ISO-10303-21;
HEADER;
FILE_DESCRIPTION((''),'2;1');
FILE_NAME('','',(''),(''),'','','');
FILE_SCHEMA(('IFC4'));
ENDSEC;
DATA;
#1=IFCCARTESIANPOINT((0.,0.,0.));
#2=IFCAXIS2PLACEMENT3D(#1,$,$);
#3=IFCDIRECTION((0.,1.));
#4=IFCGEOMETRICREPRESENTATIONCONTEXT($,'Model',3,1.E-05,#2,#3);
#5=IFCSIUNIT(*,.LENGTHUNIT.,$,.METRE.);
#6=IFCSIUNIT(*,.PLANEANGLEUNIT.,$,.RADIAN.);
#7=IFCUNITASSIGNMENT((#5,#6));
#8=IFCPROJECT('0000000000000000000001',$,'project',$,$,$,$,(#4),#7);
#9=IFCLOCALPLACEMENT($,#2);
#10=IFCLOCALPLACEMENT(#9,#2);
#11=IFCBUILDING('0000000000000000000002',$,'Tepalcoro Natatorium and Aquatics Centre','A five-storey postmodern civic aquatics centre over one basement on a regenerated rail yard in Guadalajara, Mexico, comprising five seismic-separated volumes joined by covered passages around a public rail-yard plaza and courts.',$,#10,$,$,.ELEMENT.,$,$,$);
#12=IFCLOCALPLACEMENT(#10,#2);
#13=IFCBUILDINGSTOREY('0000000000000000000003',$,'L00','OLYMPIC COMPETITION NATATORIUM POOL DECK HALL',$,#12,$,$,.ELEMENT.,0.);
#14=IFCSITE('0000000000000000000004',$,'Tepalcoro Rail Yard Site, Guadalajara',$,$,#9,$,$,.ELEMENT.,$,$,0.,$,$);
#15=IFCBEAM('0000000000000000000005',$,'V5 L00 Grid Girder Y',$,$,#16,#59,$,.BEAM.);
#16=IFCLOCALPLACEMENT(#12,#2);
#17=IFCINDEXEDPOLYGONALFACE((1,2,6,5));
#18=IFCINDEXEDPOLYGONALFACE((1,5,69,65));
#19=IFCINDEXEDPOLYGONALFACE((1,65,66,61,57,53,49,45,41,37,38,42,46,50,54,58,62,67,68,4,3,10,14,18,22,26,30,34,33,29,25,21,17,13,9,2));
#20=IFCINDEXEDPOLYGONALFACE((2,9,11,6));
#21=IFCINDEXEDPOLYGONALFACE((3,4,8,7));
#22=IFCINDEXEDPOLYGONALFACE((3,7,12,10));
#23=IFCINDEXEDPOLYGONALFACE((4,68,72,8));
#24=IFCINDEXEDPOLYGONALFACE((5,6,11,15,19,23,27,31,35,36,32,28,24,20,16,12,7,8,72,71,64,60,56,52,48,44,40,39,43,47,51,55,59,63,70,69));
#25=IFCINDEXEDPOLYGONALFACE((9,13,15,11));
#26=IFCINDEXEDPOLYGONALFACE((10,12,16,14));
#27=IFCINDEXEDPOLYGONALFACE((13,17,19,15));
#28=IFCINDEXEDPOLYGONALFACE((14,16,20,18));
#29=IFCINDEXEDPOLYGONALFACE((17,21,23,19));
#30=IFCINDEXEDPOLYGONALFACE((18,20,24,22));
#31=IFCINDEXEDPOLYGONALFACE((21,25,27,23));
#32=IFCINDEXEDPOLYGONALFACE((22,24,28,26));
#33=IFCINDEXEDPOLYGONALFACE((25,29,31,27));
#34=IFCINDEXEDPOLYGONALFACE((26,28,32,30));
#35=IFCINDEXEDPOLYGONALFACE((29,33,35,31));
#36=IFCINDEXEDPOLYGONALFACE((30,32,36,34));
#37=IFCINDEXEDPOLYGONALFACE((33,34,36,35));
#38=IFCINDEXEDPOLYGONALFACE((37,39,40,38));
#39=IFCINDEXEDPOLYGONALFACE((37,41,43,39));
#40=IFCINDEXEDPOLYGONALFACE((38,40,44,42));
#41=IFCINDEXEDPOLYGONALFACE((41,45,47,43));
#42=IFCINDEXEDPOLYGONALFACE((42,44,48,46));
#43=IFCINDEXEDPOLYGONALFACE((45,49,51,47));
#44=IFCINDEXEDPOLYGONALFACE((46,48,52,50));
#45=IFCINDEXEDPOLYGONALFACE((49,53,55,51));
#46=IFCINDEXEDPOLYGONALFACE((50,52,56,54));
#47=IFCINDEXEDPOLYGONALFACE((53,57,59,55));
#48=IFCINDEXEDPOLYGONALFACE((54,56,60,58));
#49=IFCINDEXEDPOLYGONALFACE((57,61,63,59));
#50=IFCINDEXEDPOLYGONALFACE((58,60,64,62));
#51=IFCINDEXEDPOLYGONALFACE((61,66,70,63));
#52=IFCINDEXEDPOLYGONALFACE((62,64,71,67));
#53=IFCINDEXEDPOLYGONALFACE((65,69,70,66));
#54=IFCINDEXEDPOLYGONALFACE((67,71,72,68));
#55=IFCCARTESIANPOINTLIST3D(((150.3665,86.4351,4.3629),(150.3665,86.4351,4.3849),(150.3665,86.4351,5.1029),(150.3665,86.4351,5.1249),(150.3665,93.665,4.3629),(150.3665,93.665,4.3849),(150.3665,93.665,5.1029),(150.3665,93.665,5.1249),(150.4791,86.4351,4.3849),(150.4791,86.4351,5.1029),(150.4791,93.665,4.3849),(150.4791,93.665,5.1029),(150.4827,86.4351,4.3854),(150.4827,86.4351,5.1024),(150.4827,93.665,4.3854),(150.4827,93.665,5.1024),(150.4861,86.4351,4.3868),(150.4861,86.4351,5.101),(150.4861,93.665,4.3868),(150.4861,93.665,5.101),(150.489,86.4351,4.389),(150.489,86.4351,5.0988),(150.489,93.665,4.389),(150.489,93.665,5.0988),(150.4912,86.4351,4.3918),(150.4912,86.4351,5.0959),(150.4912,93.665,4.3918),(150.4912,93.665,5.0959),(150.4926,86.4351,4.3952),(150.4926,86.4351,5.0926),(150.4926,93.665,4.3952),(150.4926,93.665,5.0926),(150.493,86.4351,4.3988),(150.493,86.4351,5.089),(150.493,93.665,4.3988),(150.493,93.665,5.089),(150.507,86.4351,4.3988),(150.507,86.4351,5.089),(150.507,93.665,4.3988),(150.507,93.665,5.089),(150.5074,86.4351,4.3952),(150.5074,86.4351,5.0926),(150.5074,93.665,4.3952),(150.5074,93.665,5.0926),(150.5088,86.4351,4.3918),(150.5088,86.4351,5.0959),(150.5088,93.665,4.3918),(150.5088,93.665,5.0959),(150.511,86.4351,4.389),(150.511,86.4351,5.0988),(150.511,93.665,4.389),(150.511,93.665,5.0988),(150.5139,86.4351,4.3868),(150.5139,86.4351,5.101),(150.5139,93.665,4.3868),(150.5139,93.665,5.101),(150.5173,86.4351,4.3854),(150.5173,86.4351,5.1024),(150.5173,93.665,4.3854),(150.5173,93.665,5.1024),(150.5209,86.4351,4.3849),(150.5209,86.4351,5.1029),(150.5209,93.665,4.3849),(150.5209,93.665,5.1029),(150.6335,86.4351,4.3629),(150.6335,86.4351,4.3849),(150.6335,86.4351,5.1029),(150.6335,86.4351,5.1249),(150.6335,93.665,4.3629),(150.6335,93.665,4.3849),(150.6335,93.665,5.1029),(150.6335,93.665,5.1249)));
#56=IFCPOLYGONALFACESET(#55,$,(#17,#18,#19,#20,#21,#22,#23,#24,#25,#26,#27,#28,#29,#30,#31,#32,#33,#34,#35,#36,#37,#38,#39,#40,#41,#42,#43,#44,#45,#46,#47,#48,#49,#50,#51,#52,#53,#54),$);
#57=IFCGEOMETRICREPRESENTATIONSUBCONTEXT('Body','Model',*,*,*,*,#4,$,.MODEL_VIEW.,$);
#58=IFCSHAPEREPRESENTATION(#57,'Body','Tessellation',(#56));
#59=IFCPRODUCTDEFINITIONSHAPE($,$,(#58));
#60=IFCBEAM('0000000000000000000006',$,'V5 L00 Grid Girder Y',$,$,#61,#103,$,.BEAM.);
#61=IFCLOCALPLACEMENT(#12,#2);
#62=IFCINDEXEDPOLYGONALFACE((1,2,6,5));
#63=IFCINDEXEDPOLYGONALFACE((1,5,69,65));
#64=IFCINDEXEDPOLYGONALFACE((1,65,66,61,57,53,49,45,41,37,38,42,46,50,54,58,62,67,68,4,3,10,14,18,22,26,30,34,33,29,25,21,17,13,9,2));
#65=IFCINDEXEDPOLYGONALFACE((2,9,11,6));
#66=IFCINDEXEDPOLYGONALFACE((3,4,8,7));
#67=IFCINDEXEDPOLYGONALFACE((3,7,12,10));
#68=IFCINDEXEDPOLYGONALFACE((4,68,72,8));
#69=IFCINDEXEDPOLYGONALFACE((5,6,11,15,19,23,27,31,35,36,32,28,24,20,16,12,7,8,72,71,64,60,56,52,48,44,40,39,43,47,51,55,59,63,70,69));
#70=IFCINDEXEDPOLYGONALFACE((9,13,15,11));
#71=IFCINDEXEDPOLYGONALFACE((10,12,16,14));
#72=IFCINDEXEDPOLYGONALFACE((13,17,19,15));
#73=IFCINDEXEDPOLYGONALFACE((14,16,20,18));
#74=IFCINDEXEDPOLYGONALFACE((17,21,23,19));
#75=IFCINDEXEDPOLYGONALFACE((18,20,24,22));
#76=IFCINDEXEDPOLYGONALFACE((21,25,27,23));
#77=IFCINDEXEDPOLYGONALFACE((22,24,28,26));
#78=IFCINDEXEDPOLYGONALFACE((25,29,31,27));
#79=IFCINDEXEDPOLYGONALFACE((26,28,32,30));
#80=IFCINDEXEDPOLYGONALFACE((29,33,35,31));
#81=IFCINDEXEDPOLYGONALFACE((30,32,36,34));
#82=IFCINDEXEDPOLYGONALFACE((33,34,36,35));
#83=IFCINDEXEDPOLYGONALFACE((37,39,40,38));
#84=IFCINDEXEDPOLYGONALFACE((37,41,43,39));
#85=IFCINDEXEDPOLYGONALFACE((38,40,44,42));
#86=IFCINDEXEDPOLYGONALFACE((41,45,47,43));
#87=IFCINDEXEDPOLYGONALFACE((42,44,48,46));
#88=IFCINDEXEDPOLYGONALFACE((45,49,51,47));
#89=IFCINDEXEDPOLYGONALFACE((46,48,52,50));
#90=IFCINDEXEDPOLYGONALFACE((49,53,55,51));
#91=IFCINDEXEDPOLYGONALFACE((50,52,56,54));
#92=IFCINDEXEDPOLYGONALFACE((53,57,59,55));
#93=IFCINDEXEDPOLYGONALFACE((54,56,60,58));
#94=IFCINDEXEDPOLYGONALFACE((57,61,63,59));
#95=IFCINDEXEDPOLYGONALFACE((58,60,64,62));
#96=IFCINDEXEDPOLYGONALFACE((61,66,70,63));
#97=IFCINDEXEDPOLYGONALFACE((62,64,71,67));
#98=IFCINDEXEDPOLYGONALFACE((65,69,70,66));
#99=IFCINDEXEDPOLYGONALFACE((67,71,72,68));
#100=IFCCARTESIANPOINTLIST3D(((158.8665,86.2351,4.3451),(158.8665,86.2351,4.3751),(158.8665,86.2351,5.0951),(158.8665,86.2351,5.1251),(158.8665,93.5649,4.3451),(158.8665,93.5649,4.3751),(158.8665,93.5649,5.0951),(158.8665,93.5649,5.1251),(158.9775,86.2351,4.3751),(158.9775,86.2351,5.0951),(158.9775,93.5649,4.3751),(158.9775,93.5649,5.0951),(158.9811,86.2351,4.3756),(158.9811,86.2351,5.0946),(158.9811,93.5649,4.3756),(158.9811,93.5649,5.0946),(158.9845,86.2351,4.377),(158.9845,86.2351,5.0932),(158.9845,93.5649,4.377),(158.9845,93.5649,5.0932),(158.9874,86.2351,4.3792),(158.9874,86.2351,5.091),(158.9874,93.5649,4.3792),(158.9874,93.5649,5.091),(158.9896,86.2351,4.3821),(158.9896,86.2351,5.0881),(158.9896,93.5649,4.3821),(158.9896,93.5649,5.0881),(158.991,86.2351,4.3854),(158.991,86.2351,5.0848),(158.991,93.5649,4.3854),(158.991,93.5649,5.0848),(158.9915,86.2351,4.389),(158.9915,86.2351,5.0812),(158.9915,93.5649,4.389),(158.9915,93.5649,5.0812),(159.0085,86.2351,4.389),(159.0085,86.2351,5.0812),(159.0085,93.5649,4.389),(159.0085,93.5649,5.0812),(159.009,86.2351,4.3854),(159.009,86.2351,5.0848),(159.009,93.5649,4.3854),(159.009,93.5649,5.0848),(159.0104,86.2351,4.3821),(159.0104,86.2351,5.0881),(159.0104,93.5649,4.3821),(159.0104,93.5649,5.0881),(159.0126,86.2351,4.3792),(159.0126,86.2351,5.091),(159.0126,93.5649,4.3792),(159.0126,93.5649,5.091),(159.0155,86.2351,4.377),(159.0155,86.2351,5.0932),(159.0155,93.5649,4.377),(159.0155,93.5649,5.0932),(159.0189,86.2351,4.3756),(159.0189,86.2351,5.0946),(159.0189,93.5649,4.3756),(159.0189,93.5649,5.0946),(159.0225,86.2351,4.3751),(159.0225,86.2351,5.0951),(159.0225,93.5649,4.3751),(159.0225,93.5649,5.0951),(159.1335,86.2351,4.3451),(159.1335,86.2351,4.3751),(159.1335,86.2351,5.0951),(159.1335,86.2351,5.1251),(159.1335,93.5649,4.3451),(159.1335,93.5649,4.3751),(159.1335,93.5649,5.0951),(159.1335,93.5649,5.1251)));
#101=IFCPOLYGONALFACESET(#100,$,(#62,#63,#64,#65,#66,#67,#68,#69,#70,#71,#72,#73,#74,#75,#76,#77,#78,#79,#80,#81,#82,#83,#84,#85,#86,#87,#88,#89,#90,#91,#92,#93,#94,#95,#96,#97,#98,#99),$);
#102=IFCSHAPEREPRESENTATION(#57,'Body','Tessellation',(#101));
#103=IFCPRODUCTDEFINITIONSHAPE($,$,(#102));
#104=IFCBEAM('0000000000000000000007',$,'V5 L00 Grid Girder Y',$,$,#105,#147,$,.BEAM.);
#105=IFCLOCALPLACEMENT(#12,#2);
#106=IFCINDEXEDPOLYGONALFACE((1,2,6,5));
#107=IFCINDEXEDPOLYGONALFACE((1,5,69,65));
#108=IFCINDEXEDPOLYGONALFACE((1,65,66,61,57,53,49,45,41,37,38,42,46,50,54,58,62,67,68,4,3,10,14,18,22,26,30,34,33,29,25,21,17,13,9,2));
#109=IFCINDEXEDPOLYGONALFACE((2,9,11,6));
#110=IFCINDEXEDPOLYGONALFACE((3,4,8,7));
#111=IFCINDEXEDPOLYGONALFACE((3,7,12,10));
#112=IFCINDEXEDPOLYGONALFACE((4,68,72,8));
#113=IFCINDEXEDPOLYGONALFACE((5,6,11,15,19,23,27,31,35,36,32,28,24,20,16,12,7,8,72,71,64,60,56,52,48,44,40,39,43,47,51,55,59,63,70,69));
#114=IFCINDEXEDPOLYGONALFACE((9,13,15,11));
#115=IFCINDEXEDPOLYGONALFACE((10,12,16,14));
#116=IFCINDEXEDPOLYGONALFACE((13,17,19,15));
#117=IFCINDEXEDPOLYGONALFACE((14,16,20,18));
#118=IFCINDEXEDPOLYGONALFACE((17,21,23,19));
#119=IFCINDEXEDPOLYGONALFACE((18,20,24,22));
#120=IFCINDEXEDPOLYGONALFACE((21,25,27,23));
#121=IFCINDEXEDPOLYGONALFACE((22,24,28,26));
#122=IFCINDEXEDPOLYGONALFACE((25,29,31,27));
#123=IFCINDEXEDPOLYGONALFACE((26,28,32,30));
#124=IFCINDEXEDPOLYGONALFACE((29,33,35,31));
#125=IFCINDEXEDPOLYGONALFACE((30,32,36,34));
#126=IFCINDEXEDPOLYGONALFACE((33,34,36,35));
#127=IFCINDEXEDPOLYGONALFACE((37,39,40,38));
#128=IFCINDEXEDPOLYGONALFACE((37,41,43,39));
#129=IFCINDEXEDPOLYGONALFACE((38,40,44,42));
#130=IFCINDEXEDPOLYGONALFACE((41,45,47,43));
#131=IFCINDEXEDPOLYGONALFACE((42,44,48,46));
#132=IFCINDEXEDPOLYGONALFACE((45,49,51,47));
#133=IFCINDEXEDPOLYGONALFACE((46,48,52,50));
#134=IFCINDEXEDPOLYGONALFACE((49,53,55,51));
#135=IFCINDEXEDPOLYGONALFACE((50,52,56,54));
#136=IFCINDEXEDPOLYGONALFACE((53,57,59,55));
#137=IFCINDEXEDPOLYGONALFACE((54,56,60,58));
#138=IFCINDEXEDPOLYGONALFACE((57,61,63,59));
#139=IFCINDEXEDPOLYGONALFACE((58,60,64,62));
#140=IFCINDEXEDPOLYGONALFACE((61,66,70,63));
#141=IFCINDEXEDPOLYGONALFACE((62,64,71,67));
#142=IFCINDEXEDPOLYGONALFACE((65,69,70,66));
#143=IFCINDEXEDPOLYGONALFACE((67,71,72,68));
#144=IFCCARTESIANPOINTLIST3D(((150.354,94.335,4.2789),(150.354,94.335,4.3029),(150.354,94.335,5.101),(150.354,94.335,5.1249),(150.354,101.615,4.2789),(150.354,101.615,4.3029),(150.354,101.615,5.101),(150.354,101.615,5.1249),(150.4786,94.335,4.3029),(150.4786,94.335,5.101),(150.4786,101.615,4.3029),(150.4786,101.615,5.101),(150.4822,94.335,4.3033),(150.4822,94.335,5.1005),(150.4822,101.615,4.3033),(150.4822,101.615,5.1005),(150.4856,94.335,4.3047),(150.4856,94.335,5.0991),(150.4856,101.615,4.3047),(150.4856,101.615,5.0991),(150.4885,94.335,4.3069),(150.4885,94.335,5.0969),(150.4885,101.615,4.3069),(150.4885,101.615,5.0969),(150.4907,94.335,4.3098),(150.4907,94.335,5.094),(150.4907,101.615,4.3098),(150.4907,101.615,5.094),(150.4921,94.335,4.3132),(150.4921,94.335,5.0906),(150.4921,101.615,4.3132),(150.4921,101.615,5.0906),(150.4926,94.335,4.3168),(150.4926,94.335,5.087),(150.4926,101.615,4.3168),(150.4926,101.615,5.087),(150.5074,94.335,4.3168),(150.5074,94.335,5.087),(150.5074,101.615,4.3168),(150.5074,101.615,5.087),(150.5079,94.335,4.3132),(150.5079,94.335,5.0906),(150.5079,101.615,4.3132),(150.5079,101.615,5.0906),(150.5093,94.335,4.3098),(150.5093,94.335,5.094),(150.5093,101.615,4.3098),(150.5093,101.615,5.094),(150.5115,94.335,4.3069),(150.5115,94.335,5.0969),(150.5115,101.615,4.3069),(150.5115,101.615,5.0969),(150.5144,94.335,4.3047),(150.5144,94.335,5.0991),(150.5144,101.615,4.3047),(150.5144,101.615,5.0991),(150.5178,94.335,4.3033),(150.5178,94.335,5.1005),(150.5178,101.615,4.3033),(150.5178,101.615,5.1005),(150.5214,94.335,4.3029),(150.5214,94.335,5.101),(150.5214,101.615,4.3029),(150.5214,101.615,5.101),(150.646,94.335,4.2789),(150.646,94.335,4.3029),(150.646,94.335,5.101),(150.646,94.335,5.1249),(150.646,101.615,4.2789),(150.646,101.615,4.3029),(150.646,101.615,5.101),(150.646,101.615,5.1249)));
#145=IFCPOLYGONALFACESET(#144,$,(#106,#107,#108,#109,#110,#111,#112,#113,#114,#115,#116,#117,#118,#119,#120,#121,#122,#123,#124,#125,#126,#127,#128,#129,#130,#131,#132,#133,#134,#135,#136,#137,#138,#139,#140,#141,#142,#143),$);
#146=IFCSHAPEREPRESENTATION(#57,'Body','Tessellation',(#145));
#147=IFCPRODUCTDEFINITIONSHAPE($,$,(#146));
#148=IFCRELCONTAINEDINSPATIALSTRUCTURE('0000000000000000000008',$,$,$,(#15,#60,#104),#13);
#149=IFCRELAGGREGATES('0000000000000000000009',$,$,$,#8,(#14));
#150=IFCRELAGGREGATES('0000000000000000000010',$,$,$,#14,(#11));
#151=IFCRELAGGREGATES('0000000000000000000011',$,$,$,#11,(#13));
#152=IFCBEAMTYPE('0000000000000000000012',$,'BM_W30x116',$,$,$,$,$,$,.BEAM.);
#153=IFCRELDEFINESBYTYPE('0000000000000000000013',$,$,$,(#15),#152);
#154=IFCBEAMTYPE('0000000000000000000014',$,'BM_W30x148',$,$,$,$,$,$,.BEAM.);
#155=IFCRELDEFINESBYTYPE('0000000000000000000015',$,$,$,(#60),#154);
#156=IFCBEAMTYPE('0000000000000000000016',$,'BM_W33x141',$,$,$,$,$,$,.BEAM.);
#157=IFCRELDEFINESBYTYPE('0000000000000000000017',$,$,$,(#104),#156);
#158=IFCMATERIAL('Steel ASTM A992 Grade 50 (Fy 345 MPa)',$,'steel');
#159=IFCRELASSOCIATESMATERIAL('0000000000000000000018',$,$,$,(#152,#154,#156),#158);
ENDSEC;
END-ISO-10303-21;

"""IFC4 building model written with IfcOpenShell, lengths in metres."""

from ifc_helpers import new_model, si_unit, direction, frame, origin, origin_2d, place, context, subcontext, project, spatial, i_section, extrude, material, material_profile, profile_set, type_object, element, save


model = new_model("IFC4")

# Units and contexts
model_context = context("Model", 3, precision=1e-05, world=origin(), true_north=direction((0.0, 1.0)))
body_context = subcontext(model_context, "Body", "Model", "MODEL_VIEW")
ifc_project = project(units=[si_unit("LENGTHUNIT", "METRE"), si_unit("PLANEANGLEUNIT", "RADIAN")], contexts=[model_context])

# Site, building, storey
site_placement = place(None, origin())
site = spatial("IfcSite", under=ifc_project, at=site_placement, Name="Tepalcoro Rail Yard Site, Guadalajara", CompositionType="ELEMENT", RefElevation=0.0)
building_placement = place(site_placement, origin())
building = spatial("IfcBuilding", under=site, at=building_placement, Name="Tepalcoro Natatorium and Aquatics Centre", Description="A five-storey postmodern civic aquatics centre over one basement on a regenerated rail yard in Guadalajara, Mexico, comprising five seismic-separated volumes joined by covered passages around a public rail-yard plaza and courts.", CompositionType="ELEMENT")
storey_placement = place(building_placement, origin())
storey = spatial("IfcBuildingStorey", under=building, at=storey_placement, Name="L00", Description="OLYMPIC COMPETITION NATATORIUM POOL DECK HALL", CompositionType="ELEMENT", Elevation=0.0)

# Beams
ifc_material_1 = material(Name="Steel ASTM A992 Grade 50 (Fy 345 MPa)", Category="steel")
ifc_material_profile_1 = material_profile(ifc_material_1, i_section(OverallWidth=0.2671, OverallDepth=0.762, WebThickness=0.0139, FlangeThickness=0.022, FilletRadius=0.0139, at=origin_2d()), Name="W30X116")
ifc_profile_set_1 = profile_set([ifc_material_profile_1], Name="Steel ASTM A992 Grade 50 (Fy 345 MPa)")
beam_type_1 = type_object("IfcBeamType", Name="BM_W30x116", PredefinedType="BEAM", material=ifc_profile_set_1)
beam_1_placement = place(storey_placement, frame((150.5, 86.4351, 4.7439), z_axis=(0.0, 1.0, 0.0), x_axis=(-1.0, 0.0, 0.0)))
element("IfcBeam", 1, at=beam_1_placement, inside=storey, type_object=beam_type_1, Name="V5 L00 Grid Girder Y", PredefinedType="BEAM", context=body_context, shape_type="SweptSolid", body=[
    extrude(i_section(OverallWidth=0.2671, OverallDepth=0.762, WebThickness=0.0139, FlangeThickness=0.022, FilletRadius=0.0139, at=origin_2d()), origin(), (0.0, 0.0, 1.0), 7.23),
])
ifc_material_profile_2 = material_profile(ifc_material_1, i_section(OverallWidth=0.2671, OverallDepth=0.78, WebThickness=0.0171, FlangeThickness=0.03, FilletRadius=0.0139, at=origin_2d()), Name="W30X148")
ifc_profile_set_2 = profile_set([ifc_material_profile_2], Name="Steel ASTM A992 Grade 50 (Fy 345 MPa)")
beam_type_2 = type_object("IfcBeamType", Name="BM_W30x148", PredefinedType="BEAM", material=ifc_profile_set_2)
beam_2_placement = place(storey_placement, frame((159.0, 86.2351, 4.7351), z_axis=(0.0, 1.0, 0.0), x_axis=(-1.0, 0.0, 0.0)))
element("IfcBeam", 2, at=beam_2_placement, inside=storey, type_object=beam_type_2, Name="V5 L00 Grid Girder Y", PredefinedType="BEAM", context=body_context, shape_type="SweptSolid", body=[
    extrude(i_section(OverallWidth=0.2671, OverallDepth=0.78, WebThickness=0.0171, FlangeThickness=0.03, FilletRadius=0.0139, at=origin_2d()), origin(), (0.0, 0.0, 1.0), 7.3298),
])
ifc_material_profile_3 = material_profile(ifc_material_1, i_section(OverallWidth=0.292, OverallDepth=0.8459, WebThickness=0.0149, FlangeThickness=0.0239, FilletRadius=0.0139, at=origin_2d()), Name="W33X141")
ifc_profile_set_3 = profile_set([ifc_material_profile_3], Name="Steel ASTM A992 Grade 50 (Fy 345 MPa)")
beam_type_3 = type_object("IfcBeamType", Name="BM_W33x141", PredefinedType="BEAM", material=ifc_profile_set_3)
beam_3_placement = place(storey_placement, frame((150.5, 94.335, 4.7019), z_axis=(0.0, 1.0, 0.0), x_axis=(-1.0, 0.0, 0.0)))
element("IfcBeam", 3, at=beam_3_placement, inside=storey, type_object=beam_type_3, Name="V5 L00 Grid Girder Y", PredefinedType="BEAM", context=body_context, shape_type="SweptSolid", body=[
    extrude(i_section(OverallWidth=0.292, OverallDepth=0.8459, WebThickness=0.0149, FlangeThickness=0.0239, FilletRadius=0.0139, at=origin_2d()), origin(), (0.0, 0.0, 1.0), 7.28),
])

save(model, "model.ifc")
